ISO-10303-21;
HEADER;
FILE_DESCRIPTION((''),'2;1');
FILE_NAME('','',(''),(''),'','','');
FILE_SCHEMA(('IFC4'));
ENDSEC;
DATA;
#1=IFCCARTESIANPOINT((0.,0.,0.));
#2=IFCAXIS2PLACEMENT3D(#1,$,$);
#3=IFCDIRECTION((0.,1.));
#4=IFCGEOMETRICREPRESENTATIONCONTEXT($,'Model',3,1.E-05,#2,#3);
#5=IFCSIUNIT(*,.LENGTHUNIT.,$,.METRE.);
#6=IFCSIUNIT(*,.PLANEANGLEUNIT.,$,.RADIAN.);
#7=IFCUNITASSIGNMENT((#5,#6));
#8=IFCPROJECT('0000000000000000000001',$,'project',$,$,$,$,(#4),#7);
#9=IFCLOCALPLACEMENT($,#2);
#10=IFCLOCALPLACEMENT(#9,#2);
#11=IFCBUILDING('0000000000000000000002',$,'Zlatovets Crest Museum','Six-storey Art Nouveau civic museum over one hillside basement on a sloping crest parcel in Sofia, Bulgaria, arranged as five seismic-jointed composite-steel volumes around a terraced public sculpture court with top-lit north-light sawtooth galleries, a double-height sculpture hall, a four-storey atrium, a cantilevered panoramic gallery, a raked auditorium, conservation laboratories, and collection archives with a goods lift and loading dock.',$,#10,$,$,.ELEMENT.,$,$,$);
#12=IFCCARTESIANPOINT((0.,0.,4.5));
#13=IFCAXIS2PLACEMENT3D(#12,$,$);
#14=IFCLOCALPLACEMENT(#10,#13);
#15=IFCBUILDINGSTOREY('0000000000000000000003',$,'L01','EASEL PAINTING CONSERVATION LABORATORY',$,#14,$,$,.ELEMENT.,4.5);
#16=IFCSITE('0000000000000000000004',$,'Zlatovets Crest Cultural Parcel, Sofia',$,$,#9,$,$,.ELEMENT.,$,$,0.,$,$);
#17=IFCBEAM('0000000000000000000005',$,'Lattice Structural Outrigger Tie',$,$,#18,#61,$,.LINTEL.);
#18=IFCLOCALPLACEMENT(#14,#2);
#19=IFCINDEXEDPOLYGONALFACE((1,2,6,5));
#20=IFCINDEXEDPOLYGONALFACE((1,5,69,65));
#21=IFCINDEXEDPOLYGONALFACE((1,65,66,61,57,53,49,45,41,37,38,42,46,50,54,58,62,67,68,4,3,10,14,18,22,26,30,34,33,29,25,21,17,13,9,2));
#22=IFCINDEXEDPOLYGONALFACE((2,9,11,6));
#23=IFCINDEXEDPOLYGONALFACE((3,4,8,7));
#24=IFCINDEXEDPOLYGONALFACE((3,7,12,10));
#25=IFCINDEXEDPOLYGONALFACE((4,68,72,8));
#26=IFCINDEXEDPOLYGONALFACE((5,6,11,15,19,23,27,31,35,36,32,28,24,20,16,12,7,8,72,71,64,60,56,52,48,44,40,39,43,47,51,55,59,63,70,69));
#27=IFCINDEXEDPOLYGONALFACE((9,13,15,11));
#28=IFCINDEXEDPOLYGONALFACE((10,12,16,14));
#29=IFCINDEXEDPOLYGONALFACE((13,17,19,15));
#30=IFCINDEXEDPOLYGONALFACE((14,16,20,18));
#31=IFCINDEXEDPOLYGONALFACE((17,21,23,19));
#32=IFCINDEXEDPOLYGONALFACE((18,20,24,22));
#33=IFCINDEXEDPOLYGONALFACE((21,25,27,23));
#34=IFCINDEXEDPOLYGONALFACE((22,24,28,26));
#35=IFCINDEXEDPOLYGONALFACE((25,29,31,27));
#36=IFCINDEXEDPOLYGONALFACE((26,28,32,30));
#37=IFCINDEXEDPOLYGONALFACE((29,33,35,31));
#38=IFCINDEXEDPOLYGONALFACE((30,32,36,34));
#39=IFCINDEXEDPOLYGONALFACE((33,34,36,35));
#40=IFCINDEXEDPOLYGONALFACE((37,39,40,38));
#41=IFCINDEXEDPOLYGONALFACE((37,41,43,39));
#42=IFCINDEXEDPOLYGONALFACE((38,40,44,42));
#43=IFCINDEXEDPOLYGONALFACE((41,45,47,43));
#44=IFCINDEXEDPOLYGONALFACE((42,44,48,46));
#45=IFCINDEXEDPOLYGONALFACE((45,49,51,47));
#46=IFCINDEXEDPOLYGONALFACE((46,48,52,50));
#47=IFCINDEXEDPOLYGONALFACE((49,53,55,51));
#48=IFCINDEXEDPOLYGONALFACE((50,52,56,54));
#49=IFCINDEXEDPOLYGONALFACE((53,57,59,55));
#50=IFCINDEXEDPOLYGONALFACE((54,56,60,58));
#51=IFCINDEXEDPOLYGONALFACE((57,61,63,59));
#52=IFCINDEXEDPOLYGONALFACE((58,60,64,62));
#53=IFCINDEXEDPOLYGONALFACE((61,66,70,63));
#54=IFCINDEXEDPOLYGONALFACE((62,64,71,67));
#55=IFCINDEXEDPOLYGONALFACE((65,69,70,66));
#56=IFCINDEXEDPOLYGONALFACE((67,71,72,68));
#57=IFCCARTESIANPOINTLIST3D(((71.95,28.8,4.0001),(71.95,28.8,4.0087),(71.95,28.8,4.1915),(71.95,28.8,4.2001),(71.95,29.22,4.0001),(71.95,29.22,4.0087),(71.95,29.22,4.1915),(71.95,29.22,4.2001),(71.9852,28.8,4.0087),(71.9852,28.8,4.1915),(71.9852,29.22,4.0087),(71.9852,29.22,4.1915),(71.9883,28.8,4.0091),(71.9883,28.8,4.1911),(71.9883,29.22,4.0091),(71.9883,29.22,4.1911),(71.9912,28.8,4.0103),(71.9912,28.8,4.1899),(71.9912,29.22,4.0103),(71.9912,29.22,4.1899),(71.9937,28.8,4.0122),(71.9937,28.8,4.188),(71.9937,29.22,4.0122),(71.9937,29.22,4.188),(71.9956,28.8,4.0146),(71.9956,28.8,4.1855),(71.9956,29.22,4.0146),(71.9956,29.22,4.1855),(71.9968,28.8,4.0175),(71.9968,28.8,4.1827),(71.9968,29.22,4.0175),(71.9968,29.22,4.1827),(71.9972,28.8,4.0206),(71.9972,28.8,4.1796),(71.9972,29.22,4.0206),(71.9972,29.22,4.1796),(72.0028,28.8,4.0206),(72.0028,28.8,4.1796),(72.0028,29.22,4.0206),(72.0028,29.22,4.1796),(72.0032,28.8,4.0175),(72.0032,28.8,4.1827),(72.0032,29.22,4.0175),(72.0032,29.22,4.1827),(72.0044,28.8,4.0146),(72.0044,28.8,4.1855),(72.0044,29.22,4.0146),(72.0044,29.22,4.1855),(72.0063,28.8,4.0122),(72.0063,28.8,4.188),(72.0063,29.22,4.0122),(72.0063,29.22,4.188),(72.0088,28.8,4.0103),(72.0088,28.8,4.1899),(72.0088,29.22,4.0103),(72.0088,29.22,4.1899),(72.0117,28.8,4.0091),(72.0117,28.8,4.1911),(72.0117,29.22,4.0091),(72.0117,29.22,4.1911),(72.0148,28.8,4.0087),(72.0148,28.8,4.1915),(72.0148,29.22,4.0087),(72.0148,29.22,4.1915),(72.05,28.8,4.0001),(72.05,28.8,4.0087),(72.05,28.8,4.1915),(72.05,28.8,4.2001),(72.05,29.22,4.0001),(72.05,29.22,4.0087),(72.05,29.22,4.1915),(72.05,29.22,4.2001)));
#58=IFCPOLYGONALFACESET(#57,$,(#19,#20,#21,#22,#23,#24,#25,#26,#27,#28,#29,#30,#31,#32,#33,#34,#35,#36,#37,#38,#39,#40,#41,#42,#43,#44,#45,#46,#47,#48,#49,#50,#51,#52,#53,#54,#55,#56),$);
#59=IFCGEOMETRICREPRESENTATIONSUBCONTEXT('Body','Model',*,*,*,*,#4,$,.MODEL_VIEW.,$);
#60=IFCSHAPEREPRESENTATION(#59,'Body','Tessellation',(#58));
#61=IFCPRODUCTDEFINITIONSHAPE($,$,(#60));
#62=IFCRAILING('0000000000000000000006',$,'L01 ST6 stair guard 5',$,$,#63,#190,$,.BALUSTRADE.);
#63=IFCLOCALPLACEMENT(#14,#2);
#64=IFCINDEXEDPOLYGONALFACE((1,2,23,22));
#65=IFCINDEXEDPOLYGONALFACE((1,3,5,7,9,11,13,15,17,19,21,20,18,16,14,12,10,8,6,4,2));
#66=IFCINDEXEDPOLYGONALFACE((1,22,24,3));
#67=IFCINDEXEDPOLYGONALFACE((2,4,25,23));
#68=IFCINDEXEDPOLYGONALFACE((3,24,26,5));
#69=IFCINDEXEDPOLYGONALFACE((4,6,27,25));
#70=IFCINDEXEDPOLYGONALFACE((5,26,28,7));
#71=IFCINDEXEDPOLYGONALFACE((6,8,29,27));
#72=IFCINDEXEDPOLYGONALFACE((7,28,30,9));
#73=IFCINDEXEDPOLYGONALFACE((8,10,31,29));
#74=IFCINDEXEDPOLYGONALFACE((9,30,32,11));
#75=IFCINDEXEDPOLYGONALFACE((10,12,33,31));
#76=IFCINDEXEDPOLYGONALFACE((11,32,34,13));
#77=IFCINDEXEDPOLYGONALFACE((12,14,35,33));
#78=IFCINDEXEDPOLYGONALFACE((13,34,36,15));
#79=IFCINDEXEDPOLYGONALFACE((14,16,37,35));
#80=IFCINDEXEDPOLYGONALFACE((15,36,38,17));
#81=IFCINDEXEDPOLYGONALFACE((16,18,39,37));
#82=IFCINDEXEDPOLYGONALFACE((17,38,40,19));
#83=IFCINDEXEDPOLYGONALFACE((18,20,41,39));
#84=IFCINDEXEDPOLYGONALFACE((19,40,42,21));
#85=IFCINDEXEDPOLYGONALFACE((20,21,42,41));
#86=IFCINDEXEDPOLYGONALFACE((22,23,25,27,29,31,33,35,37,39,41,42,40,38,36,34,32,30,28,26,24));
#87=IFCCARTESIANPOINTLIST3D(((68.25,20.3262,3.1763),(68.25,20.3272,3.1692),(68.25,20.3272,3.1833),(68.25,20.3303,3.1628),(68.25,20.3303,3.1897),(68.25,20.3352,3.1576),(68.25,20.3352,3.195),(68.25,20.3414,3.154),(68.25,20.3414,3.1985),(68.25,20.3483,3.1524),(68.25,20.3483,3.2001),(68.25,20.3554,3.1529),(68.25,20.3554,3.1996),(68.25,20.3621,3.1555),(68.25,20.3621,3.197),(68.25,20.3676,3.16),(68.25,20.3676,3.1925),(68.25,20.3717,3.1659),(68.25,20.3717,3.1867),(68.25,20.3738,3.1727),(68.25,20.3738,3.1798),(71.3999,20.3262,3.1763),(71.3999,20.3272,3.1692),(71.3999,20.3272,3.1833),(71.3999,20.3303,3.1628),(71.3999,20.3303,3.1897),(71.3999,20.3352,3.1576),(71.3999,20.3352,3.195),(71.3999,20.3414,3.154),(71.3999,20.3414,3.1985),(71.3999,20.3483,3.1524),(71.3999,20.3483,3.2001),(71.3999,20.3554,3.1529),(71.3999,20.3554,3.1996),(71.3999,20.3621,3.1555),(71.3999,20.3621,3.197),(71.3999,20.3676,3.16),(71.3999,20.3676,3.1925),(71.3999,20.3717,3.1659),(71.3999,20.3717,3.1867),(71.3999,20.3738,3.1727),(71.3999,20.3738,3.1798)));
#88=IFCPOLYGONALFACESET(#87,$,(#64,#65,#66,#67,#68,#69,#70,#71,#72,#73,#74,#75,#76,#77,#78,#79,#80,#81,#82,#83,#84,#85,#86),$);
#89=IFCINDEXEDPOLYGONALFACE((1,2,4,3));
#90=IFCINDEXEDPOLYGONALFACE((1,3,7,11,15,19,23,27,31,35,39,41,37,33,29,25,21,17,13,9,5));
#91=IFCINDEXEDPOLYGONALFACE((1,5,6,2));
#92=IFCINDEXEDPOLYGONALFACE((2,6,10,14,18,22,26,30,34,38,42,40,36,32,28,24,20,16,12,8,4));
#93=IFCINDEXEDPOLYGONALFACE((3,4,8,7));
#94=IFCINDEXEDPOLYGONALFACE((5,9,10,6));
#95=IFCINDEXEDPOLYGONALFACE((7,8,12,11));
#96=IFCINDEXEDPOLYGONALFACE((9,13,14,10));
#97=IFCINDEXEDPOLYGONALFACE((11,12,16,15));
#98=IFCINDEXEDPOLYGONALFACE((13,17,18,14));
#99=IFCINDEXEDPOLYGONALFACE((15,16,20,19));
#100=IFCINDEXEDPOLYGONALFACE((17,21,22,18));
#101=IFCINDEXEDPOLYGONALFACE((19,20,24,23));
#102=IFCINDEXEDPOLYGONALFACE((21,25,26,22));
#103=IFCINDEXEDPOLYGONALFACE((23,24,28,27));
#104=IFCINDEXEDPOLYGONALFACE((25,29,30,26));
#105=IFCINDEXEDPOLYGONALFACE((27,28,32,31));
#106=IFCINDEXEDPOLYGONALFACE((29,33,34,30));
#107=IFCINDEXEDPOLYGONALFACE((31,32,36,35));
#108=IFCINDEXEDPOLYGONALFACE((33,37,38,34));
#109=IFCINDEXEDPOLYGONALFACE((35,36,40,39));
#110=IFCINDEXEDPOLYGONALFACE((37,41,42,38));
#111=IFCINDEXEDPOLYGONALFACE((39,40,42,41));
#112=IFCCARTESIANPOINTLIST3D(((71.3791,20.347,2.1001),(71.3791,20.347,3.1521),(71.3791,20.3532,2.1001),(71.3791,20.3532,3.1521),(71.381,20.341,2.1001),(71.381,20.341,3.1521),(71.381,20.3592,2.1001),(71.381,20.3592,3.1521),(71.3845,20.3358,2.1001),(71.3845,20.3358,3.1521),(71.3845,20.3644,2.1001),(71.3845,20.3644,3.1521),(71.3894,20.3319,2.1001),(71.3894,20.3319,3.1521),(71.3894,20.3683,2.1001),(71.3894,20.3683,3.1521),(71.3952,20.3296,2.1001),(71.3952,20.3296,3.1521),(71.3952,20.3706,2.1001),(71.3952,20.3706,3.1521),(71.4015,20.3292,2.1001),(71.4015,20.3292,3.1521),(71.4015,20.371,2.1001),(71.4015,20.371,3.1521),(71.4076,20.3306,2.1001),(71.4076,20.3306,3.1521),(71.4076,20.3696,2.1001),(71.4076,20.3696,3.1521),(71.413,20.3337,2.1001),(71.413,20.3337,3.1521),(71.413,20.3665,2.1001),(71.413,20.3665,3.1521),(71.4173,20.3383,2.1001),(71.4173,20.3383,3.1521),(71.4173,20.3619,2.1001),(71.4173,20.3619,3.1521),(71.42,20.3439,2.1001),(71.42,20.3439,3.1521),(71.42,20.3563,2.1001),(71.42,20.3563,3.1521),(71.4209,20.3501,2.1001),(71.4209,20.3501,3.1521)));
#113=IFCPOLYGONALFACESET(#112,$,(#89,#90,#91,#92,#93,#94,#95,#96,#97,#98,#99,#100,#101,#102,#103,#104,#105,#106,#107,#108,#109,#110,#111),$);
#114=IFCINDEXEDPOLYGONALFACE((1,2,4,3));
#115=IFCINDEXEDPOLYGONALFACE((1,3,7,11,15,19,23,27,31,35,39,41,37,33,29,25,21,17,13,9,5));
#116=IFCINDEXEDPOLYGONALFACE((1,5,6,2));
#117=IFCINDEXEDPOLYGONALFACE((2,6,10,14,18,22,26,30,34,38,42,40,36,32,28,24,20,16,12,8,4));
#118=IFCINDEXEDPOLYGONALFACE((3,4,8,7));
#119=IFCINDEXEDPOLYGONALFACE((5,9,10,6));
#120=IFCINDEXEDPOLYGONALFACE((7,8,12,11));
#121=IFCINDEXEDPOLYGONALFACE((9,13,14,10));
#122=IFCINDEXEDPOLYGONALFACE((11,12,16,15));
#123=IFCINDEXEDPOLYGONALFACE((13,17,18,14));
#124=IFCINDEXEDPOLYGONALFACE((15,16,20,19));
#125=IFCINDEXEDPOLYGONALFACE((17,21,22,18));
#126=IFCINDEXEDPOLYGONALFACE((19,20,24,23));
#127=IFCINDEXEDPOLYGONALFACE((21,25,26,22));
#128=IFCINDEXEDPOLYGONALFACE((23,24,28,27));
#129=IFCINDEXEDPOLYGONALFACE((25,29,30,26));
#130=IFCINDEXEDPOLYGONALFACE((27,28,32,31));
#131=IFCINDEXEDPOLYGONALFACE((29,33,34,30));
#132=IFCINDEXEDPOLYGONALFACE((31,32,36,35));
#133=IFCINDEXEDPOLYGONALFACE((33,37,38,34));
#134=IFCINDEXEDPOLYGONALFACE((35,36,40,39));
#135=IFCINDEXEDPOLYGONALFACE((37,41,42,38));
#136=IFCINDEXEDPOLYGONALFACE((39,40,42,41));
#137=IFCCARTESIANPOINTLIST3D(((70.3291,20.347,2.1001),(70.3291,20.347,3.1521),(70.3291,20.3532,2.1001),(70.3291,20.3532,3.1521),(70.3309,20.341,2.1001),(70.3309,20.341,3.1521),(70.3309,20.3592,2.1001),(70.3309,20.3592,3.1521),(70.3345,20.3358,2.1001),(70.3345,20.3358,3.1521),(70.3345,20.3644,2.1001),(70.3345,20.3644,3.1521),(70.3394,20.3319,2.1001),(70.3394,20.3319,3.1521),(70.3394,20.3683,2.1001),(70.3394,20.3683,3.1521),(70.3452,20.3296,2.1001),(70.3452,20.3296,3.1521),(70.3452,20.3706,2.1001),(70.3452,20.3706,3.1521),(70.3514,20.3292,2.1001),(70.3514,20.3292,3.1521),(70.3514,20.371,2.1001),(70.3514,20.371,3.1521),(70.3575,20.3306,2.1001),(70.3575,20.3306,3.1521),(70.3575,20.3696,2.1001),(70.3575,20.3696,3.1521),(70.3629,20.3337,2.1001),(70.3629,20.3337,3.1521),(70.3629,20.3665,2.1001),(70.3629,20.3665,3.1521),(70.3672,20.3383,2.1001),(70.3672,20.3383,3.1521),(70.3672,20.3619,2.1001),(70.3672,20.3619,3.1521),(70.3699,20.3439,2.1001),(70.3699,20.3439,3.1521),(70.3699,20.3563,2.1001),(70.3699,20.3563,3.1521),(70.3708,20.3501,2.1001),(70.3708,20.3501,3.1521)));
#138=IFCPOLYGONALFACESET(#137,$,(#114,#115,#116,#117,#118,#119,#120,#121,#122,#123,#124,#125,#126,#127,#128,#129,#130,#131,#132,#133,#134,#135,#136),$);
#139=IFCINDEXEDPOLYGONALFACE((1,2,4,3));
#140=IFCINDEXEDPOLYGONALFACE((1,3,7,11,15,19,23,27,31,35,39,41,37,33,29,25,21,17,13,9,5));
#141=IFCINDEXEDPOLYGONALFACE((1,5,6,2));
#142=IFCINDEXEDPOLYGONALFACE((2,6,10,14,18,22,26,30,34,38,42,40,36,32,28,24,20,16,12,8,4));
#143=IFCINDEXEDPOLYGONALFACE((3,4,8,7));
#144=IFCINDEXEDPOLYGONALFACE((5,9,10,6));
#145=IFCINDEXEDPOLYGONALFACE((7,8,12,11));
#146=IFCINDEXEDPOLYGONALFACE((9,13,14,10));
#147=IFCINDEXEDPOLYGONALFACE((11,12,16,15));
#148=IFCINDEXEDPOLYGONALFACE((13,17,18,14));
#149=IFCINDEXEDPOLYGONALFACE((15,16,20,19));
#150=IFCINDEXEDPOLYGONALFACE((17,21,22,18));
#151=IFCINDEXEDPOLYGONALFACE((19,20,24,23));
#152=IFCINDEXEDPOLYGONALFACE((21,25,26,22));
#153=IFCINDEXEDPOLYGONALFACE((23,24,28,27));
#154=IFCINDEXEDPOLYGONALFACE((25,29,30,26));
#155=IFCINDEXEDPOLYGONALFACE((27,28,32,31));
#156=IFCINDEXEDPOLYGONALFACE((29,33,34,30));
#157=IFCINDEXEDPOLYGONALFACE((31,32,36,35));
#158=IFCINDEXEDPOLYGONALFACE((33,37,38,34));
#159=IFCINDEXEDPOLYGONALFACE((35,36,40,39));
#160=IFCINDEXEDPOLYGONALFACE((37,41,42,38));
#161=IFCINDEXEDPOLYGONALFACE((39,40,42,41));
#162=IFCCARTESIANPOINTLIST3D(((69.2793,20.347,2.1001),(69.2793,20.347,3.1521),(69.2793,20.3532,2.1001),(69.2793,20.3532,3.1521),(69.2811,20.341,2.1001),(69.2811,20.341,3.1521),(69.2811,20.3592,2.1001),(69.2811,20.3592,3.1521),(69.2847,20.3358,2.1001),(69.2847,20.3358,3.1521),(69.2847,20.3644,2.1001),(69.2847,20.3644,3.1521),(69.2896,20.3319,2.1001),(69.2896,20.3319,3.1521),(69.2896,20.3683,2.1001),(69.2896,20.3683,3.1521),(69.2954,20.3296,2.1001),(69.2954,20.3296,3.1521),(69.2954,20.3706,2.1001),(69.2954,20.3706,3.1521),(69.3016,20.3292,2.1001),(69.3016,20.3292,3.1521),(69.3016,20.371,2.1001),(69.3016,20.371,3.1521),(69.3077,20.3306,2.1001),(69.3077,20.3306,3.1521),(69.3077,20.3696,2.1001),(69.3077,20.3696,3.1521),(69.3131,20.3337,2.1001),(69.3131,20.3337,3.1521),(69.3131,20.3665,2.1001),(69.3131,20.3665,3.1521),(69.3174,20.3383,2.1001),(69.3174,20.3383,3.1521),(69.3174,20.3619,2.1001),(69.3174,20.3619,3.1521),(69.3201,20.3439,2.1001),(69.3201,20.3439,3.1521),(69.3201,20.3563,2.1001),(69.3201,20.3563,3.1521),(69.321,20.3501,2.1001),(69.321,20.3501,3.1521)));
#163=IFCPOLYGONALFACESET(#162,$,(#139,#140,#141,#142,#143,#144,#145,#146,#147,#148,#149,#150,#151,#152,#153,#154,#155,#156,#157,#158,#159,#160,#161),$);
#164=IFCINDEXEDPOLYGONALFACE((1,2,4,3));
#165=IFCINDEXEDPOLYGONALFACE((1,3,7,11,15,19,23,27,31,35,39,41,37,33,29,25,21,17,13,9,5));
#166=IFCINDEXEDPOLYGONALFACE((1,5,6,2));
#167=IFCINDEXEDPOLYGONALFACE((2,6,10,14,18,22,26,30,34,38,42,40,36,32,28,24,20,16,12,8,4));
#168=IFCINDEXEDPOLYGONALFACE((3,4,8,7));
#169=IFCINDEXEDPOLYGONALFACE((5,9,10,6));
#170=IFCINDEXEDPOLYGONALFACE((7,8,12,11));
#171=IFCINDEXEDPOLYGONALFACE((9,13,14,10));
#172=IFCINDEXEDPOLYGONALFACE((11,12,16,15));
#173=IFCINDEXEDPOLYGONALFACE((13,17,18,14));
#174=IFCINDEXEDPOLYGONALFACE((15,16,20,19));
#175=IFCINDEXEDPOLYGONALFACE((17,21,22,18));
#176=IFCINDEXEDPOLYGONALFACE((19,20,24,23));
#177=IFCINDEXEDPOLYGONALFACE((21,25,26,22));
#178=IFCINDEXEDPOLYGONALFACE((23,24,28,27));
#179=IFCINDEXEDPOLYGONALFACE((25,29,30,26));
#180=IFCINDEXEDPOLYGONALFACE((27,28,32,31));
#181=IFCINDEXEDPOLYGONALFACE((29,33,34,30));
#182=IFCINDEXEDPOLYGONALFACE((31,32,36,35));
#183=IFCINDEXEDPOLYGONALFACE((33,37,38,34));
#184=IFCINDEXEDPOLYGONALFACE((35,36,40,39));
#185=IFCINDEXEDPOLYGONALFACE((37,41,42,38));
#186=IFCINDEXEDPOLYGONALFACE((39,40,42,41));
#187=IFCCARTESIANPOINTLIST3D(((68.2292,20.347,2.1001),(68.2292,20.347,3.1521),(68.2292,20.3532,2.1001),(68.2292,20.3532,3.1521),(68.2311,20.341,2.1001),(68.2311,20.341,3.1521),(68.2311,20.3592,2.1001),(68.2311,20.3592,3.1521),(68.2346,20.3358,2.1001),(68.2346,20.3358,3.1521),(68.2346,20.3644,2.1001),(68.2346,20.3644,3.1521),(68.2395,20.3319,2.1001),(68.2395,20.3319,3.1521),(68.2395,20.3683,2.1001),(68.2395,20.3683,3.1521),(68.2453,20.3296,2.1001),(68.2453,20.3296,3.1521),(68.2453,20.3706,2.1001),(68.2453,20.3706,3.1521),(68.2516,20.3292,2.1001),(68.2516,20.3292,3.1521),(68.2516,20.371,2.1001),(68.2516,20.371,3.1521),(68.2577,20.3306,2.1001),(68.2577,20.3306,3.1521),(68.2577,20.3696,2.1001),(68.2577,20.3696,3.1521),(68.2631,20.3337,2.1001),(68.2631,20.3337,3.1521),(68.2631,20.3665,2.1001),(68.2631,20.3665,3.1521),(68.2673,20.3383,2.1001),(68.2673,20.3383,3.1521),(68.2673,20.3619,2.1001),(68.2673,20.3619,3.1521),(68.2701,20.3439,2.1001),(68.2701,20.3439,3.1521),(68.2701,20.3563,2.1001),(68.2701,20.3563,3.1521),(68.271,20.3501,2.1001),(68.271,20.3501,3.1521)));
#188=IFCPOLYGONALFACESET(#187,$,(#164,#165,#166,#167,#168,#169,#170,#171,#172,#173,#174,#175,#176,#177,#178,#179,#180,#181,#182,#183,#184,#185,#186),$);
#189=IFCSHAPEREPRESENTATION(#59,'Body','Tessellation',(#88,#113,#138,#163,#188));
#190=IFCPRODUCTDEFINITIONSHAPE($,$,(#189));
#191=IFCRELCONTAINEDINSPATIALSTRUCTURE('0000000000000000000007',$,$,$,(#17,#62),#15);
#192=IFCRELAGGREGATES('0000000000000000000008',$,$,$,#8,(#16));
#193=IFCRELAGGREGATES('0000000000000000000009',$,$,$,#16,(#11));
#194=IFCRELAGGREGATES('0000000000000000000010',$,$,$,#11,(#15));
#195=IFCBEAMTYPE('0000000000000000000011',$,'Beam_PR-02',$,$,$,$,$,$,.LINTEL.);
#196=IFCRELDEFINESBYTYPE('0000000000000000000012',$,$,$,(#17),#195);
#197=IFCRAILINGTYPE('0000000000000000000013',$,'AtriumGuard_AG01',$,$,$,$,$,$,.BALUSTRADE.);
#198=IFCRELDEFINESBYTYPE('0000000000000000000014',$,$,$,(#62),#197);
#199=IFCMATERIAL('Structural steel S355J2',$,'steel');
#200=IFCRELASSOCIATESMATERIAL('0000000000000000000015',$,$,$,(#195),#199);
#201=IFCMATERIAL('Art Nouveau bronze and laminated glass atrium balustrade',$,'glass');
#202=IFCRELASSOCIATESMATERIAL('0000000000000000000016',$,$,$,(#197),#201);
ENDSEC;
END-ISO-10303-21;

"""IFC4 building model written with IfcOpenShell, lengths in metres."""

from ifc_helpers import new_model, si_unit, direction, frame, origin, origin_2d, place, context, subcontext, project, spatial, circle, i_section, extrude, material, material_profile, profile_set, type_object, element, save


model = new_model("IFC4")

# Units and contexts
model_context = context("Model", 3, precision=1e-05, world=origin(), true_north=direction((0.0, 1.0)))
body_context = subcontext(model_context, "Body", "Model", "MODEL_VIEW")
ifc_project = project(units=[si_unit("LENGTHUNIT", "METRE"), si_unit("PLANEANGLEUNIT", "RADIAN")], contexts=[model_context])

# Site, building, storey
site_placement = place(None, origin())
site = spatial("IfcSite", under=ifc_project, at=site_placement, Name="Zlatovets Crest Cultural Parcel, Sofia", CompositionType="ELEMENT", RefElevation=0.0)
building_placement = place(site_placement, origin())
building = spatial("IfcBuilding", under=site, at=building_placement, Name="Zlatovets Crest Museum", Description="Six-storey Art Nouveau civic museum over one hillside basement on a sloping crest parcel in Sofia, Bulgaria, arranged as five seismic-jointed composite-steel volumes around a terraced public sculpture court with top-lit north-light sawtooth galleries, a double-height sculpture hall, a four-storey atrium, a cantilevered panoramic gallery, a raked auditorium, conservation laboratories, and collection archives with a goods lift and loading dock.", CompositionType="ELEMENT")
storey_placement = place(building_placement, frame((0.0, 0.0, 4.5)))
storey = spatial("IfcBuildingStorey", under=building, at=storey_placement, Name="L01", Description="EASEL PAINTING CONSERVATION LABORATORY", CompositionType="ELEMENT", Elevation=4.5)

# Shared definitions
ifc_material_1 = material(Name="Structural steel S355J2", Category="steel")

# Beam
ifc_material_profile_1 = material_profile(ifc_material_1, i_section(OverallWidth=0.1001, OverallDepth=0.2, WebThickness=0.0056, FlangeThickness=0.0085, FilletRadius=0.012, at=origin_2d()), Name="IPE 200")
ifc_profile_set_1 = profile_set([ifc_material_profile_1], Name="Structural steel S355J2")
beam_type_1 = type_object("IfcBeamType", Name="Beam_PR-02", PredefinedType="LINTEL", material=ifc_profile_set_1)
for number, where, z_axis, x_axis, name in (
    (1, (72.0, 28.8, 4.1001), (0.0, 1.0, 0.0), (-1.0, 0.0, 0.0), "Lattice Structural Outrigger Tie"),
):
    element("IfcBeam", number, at=place(storey_placement, frame(where, z_axis=z_axis, x_axis=x_axis)), inside=storey, type_object=beam_type_1, Name=name, PredefinedType="LINTEL", context=body_context, shape_type="SweptSolid", body=[
        extrude(i_section(OverallWidth=0.1001, OverallDepth=0.2, WebThickness=0.0056, FlangeThickness=0.0085, FilletRadius=0.012, at=origin_2d()), origin(), (0.0, 0.0, 1.0), 0.4199),
    ])

# Railing
ifc_material_2 = material(Name="Art Nouveau bronze and laminated glass atrium balustrade", Category="glass")
railing_type = type_object("IfcRailingType", Name="AtriumGuard_AG01", PredefinedType="BALUSTRADE", material=ifc_material_2)
railing_1_placement = place(storey_placement, frame((71.3999, 20.3501, 2.1001)))
element("IfcRailing", 2, at=railing_1_placement, inside=storey, type_object=railing_type, Name="L01 ST6 stair guard 5", PredefinedType="BALUSTRADE", context=body_context, shape_type="SweptSolid", body=[
    extrude(circle(Radius=0.0239, at=origin_2d()), frame((0.0, 0.0, 1.0762), z_axis=(-1.0, 0.0, 0.0), x_axis=(0.0, -1.0, 0.0)), (0.0, 0.0, 1.0), 3.1499),
    extrude(circle(Radius=0.021, at=origin_2d()), origin(), (0.0, 0.0, 1.0), 1.052),
    extrude(circle(Radius=0.021, at=origin_2d()), frame((-1.05, 0.0, 0.0)), (0.0, 0.0, 1.0), 1.052),
    extrude(circle(Radius=0.021, at=origin_2d()), frame((-2.0999, 0.0, 0.0)), (0.0, 0.0, 1.0), 1.052),
    extrude(circle(Radius=0.021, at=origin_2d()), frame((-3.1499, 0.0, 0.0)), (0.0, 0.0, 1.0), 1.052),
])

save(model, "model.ifc")
